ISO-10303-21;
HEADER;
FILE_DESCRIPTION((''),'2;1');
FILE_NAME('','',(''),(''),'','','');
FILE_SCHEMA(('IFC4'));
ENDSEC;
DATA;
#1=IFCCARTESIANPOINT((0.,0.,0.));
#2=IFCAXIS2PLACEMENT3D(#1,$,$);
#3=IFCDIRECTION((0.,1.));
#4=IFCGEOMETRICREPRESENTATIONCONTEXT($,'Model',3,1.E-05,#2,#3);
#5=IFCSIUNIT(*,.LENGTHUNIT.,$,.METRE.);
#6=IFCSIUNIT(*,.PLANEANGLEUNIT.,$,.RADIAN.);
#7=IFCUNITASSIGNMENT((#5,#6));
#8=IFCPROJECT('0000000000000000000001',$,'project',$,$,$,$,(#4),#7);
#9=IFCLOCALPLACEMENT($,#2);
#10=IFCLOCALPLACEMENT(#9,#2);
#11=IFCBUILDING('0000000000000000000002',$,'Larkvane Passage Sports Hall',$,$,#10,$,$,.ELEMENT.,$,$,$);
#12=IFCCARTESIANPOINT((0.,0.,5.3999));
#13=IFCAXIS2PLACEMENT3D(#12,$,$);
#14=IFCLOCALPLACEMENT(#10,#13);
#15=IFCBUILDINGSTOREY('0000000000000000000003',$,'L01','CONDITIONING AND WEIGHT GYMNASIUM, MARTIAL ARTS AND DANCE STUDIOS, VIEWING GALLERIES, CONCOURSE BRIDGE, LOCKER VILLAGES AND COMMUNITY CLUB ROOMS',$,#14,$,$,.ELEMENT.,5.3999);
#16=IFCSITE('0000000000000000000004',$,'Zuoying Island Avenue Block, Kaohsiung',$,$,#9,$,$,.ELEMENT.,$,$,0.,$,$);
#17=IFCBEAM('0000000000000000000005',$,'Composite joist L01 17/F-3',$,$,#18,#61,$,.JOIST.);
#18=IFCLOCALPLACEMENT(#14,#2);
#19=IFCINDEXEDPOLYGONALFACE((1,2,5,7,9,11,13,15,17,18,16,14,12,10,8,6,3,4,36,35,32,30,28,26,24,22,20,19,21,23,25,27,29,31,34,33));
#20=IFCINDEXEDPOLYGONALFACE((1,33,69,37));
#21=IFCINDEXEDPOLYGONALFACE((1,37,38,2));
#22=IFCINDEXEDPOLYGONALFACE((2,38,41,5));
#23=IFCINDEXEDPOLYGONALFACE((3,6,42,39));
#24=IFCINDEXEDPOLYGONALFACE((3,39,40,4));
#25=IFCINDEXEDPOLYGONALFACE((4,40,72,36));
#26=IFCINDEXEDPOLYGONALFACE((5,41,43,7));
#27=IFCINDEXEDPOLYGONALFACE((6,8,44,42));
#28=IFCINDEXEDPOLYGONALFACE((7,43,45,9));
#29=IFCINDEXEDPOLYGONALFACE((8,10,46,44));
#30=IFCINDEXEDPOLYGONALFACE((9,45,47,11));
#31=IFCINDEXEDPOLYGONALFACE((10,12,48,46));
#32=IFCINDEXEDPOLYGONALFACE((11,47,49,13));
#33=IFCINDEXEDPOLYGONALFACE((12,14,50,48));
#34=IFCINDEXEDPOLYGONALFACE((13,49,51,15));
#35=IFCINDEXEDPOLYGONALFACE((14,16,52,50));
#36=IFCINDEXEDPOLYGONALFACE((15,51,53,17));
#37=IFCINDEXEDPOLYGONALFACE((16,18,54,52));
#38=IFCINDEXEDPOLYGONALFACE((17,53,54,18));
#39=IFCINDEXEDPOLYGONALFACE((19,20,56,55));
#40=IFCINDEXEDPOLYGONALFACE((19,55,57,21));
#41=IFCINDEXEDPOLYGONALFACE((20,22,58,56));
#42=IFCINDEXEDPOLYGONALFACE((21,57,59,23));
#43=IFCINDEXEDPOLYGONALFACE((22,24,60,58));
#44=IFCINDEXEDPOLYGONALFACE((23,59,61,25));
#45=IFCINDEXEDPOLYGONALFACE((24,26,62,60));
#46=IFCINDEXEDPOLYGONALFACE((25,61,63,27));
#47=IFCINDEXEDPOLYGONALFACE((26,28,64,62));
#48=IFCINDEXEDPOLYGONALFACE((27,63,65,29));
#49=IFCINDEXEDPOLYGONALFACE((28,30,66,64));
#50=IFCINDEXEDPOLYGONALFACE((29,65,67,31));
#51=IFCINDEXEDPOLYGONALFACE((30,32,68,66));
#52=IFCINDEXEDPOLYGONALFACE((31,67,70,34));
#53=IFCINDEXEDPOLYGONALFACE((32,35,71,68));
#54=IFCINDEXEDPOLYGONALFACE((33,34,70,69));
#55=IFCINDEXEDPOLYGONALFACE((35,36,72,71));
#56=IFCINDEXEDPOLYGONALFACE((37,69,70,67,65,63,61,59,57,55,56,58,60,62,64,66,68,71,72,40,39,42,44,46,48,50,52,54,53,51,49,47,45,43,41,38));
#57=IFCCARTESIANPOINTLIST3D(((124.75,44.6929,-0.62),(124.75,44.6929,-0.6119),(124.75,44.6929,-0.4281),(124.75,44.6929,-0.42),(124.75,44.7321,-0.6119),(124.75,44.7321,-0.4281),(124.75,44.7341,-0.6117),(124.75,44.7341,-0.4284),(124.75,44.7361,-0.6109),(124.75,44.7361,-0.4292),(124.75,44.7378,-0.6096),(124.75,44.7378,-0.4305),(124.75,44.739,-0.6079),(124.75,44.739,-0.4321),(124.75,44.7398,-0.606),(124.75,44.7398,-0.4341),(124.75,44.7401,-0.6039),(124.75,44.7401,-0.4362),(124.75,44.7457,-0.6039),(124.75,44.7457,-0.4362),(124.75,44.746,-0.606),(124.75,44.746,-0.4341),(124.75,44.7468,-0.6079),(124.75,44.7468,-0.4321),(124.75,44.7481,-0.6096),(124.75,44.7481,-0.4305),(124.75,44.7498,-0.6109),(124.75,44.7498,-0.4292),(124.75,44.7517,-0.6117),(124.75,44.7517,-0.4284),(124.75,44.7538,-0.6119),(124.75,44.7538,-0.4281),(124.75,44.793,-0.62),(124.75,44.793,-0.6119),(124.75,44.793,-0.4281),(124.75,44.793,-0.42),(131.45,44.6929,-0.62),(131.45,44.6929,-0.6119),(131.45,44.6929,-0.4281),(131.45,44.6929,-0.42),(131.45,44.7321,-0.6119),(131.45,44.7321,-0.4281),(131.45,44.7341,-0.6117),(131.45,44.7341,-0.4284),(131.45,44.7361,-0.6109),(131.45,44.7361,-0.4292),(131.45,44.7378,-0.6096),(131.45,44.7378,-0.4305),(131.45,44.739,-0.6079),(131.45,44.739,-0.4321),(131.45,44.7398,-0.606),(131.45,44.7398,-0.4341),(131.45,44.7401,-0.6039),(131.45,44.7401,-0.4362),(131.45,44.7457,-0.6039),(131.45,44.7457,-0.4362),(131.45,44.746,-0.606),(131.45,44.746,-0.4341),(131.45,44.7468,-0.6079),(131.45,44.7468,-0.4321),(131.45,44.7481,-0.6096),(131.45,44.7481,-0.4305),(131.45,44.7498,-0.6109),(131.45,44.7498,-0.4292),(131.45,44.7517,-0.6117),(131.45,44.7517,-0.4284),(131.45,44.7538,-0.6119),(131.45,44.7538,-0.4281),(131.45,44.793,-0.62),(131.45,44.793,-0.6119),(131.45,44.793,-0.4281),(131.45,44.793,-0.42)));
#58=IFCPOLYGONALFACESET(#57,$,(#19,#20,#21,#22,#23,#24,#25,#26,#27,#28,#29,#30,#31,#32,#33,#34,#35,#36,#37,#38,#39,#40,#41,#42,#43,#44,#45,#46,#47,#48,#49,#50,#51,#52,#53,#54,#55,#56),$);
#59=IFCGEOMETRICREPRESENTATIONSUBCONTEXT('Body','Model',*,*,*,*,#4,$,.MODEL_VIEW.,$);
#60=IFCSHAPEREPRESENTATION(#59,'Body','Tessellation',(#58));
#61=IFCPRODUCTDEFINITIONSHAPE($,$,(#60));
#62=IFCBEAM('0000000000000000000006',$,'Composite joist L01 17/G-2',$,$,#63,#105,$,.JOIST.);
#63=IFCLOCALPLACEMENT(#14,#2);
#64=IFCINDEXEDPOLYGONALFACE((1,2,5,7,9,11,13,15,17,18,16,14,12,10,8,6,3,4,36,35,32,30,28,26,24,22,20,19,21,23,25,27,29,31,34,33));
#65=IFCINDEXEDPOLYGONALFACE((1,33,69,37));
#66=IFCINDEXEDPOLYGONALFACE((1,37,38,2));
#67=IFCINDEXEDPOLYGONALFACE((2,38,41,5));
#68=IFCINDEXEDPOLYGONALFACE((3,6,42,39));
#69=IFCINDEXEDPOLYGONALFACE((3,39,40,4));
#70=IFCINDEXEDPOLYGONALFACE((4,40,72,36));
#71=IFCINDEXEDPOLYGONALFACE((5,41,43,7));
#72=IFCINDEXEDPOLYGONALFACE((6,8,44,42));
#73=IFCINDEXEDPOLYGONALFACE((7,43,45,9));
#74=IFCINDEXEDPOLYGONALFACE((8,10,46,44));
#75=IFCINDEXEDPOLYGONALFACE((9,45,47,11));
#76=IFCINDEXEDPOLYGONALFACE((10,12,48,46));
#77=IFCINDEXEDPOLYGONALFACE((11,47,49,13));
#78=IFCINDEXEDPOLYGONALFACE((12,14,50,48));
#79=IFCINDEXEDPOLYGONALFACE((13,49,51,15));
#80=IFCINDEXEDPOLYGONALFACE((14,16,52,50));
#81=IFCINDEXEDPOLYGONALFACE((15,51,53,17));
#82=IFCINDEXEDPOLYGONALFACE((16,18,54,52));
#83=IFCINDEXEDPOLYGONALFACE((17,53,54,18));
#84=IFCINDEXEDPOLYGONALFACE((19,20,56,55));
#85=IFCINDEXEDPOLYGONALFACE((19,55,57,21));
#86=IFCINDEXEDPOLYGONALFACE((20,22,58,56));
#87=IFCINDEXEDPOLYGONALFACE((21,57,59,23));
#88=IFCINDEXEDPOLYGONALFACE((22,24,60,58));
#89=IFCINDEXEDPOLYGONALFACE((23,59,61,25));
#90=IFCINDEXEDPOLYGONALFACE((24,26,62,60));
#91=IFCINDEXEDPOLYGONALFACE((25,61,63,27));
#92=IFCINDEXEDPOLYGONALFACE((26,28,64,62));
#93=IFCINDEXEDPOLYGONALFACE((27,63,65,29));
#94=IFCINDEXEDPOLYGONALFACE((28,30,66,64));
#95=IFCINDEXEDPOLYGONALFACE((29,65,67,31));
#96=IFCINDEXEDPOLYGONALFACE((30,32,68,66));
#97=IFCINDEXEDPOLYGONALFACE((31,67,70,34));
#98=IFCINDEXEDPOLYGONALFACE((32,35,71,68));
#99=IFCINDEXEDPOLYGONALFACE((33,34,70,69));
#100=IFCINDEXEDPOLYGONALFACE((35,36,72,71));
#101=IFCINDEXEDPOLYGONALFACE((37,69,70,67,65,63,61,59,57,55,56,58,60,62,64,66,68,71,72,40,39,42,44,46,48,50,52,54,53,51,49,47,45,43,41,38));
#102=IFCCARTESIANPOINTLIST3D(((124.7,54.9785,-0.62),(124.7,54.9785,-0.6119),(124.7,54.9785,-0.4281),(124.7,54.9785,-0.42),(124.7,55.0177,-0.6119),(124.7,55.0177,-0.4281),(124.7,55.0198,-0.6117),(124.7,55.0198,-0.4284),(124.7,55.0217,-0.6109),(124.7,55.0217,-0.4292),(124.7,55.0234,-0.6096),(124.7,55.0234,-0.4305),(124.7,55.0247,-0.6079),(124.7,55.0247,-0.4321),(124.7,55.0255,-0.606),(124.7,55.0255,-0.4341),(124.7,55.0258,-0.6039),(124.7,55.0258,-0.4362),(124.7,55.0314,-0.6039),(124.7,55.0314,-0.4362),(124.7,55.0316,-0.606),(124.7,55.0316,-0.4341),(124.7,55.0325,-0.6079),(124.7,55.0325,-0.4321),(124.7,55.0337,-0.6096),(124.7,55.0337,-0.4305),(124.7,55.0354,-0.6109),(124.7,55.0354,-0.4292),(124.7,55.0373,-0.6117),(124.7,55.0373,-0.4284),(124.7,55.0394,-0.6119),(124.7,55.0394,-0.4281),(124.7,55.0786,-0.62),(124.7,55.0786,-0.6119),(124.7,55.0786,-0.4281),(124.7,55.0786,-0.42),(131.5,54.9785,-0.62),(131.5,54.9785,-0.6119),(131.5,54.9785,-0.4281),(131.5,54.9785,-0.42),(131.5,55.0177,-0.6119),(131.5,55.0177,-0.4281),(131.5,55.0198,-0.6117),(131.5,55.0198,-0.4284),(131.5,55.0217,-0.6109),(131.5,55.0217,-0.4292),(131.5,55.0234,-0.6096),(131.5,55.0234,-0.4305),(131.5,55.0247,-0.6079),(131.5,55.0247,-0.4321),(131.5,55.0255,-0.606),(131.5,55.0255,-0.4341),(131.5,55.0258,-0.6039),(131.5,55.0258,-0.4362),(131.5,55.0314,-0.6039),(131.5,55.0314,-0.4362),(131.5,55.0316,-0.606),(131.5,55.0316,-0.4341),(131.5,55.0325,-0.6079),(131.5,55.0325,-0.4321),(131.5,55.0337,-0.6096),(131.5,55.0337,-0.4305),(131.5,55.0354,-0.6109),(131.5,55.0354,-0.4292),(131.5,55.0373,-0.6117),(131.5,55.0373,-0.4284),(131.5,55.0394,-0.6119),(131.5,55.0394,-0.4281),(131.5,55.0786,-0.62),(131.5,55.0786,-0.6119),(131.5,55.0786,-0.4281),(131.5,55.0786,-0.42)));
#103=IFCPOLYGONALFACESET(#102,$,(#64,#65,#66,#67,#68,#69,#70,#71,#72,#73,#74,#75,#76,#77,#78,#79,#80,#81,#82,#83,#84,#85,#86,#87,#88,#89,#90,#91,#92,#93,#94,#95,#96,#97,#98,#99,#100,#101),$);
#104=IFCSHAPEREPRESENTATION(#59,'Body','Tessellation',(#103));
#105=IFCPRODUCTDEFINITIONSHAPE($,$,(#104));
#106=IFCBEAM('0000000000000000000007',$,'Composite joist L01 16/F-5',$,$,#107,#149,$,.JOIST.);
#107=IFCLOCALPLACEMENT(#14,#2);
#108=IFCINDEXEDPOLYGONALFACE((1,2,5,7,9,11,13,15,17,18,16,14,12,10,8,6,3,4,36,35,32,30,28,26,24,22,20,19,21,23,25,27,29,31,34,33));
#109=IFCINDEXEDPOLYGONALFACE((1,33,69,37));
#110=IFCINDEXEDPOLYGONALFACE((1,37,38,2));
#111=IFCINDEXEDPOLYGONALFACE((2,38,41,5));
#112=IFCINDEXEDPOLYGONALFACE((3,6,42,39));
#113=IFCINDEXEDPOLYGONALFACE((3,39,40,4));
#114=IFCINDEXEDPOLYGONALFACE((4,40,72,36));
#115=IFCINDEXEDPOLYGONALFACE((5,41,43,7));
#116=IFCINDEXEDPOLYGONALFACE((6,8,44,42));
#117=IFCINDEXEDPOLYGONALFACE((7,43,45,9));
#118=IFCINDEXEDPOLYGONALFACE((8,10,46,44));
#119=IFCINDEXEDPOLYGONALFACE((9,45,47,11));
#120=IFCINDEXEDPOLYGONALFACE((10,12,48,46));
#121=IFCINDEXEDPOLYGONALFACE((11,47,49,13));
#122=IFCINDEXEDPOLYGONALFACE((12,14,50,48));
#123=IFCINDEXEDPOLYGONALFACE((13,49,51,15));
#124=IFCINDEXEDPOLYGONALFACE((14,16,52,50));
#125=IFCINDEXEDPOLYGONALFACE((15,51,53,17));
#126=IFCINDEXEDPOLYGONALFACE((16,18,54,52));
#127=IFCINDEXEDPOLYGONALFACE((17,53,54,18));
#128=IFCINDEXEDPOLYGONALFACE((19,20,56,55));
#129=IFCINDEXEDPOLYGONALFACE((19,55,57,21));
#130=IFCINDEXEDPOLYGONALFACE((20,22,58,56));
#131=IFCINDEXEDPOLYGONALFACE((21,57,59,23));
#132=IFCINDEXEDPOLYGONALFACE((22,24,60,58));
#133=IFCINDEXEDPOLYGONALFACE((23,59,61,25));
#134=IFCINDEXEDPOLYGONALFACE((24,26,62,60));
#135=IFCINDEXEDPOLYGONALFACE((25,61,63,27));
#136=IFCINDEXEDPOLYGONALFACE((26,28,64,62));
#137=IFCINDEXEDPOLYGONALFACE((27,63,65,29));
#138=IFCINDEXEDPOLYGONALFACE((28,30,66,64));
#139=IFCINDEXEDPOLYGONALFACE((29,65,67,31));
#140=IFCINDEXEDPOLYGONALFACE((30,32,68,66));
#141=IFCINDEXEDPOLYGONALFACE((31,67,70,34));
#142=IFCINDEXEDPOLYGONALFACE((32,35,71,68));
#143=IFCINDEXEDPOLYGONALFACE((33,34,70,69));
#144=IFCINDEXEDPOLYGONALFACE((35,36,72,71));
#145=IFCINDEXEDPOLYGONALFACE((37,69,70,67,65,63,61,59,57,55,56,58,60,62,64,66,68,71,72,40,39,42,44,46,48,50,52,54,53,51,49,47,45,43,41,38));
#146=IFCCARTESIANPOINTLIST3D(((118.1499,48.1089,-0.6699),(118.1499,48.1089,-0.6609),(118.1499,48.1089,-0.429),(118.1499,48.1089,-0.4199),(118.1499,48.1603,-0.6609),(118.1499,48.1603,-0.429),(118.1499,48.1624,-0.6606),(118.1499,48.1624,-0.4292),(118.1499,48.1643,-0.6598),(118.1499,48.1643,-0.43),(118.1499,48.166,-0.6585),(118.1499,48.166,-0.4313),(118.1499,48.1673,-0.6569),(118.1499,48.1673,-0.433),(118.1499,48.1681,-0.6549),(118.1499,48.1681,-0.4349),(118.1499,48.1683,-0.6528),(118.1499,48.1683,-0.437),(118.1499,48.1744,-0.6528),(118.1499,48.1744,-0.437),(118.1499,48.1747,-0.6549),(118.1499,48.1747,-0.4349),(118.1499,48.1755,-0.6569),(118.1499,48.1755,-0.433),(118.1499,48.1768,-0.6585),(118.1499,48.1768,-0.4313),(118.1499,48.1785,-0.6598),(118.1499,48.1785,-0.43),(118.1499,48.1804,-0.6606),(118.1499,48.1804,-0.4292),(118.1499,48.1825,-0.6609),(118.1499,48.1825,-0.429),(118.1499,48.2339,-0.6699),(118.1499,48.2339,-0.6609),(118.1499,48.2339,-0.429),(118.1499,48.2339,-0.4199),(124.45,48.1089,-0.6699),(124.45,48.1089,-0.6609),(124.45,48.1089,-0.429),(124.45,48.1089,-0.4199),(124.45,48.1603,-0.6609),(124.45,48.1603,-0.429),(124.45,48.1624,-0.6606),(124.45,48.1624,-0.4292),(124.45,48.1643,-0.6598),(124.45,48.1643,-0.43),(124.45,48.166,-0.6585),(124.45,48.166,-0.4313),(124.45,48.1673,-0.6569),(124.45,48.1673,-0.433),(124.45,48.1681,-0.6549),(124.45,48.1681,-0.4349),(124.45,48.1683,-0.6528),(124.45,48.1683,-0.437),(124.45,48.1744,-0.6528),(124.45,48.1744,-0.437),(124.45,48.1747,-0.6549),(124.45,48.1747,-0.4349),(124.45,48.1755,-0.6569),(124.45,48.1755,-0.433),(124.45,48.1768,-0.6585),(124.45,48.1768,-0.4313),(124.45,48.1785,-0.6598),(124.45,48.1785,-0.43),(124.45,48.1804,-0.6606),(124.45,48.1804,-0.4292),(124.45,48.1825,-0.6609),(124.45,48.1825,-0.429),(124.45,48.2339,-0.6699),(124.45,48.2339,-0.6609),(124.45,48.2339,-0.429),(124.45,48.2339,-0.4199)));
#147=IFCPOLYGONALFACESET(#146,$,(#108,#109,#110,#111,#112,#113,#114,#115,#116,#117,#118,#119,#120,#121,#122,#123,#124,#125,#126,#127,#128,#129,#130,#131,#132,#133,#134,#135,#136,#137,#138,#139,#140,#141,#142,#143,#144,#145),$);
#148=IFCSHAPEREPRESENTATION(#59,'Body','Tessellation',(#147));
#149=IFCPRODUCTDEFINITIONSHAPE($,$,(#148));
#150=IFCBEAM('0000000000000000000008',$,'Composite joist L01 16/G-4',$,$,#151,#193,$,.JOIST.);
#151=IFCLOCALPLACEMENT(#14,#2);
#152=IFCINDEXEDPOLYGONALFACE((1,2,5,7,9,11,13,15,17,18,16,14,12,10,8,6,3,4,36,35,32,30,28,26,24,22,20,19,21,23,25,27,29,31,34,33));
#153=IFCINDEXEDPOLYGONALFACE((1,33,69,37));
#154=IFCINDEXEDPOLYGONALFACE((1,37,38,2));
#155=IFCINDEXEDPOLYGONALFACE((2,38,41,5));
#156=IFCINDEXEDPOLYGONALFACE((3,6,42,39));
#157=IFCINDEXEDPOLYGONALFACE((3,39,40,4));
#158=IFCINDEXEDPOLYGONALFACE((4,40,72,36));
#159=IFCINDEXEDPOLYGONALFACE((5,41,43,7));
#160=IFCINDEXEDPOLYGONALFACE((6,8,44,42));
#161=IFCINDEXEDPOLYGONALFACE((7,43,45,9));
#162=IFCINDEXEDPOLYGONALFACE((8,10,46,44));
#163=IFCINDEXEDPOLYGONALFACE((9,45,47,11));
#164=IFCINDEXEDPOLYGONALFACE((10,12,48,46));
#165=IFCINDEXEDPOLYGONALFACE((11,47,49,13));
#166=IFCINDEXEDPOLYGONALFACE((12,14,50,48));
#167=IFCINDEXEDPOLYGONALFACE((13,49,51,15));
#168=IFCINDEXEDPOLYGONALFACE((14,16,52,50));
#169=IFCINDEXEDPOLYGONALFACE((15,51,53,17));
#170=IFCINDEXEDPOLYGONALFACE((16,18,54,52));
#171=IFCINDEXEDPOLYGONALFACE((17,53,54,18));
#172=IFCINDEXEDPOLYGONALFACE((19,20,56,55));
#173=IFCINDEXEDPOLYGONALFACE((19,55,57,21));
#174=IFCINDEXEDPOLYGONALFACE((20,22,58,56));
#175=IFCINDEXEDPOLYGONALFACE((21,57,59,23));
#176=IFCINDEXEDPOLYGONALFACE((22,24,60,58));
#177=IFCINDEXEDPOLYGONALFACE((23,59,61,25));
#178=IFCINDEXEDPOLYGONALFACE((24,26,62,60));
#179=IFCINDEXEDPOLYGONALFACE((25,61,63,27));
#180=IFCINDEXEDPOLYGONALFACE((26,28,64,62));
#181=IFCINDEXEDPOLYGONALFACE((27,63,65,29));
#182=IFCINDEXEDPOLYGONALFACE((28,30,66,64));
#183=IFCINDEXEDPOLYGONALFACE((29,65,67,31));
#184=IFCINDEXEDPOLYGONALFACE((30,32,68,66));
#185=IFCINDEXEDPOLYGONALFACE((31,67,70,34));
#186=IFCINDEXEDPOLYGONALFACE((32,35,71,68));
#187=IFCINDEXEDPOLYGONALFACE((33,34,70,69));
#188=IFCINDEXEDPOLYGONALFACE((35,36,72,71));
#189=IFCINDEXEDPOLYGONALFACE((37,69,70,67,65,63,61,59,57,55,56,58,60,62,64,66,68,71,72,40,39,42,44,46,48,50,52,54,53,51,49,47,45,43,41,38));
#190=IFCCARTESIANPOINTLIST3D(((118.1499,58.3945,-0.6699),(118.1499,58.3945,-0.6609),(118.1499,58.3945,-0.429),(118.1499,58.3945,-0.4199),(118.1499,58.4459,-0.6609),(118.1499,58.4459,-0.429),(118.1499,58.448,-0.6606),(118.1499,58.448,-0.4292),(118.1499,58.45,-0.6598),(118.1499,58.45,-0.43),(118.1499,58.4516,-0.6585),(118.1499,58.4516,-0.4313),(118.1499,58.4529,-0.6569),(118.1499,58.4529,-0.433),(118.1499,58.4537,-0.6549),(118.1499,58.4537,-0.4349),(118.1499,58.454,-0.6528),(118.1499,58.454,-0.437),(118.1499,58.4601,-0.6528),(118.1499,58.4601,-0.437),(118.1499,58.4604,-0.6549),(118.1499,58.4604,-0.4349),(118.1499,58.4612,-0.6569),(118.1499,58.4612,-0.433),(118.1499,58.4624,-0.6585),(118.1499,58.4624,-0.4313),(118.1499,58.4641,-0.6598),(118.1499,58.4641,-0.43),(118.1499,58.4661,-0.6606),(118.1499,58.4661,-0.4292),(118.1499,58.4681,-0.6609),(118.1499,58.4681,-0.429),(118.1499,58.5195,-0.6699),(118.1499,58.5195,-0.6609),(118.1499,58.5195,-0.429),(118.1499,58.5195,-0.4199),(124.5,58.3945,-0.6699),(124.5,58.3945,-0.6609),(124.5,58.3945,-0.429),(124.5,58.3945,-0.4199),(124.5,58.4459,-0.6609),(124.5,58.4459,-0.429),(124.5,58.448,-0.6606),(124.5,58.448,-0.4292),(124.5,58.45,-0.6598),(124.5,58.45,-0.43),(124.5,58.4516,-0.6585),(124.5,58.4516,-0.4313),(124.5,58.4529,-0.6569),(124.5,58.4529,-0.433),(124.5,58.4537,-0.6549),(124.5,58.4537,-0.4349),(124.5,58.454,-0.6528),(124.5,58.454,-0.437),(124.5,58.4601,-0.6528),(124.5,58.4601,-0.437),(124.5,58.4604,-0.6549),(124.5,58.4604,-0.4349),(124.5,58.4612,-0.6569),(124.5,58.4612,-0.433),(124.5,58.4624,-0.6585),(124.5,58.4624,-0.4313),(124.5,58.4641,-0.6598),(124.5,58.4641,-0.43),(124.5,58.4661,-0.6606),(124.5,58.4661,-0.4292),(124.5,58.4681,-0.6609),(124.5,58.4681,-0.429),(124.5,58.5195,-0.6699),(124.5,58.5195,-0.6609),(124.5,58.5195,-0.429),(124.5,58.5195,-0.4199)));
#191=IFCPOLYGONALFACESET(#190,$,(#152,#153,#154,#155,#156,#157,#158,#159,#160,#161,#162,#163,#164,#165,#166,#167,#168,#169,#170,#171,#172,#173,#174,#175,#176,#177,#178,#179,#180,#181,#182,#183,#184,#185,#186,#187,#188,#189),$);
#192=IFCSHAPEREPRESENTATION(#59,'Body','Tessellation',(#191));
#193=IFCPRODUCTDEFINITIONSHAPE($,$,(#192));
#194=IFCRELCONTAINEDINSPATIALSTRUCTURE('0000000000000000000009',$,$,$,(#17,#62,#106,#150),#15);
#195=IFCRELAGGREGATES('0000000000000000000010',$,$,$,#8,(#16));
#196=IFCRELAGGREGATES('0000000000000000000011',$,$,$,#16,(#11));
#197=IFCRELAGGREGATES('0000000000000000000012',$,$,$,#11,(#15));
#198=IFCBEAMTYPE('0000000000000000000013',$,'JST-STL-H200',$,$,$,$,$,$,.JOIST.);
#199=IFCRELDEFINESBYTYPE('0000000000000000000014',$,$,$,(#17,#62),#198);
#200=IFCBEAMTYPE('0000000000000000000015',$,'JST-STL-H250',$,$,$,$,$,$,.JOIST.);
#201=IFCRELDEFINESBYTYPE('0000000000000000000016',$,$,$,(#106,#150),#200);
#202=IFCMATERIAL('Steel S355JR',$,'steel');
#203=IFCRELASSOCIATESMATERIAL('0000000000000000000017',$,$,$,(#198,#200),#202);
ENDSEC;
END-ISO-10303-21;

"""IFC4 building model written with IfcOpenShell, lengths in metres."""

from ifc_helpers import new_model, si_unit, direction, frame, origin, origin_2d, place, context, subcontext, project, spatial, i_section, extrude, material, material_profile, profile_set, type_object, element, save


model = new_model("IFC4")

# Units and contexts
model_context = context("Model", 3, precision=1e-05, world=origin(), true_north=direction((0.0, 1.0)))
body_context = subcontext(model_context, "Body", "Model", "MODEL_VIEW")
ifc_project = project(units=[si_unit("LENGTHUNIT", "METRE"), si_unit("PLANEANGLEUNIT", "RADIAN")], contexts=[model_context])

# Site, building, storey
site_placement = place(None, origin())
site = spatial("IfcSite", under=ifc_project, at=site_placement, Name="Zuoying Island Avenue Block, Kaohsiung", CompositionType="ELEMENT", RefElevation=0.0)
building_placement = place(site_placement, origin())
building = spatial("IfcBuilding", under=site, at=building_placement, Name="Larkvane Passage Sports Hall", CompositionType="ELEMENT")
storey_placement = place(building_placement, frame((0.0, 0.0, 5.3999)))
storey = spatial("IfcBuildingStorey", under=building, at=storey_placement, Name="L01", Description="CONDITIONING AND WEIGHT GYMNASIUM, MARTIAL ARTS AND DANCE STUDIOS, VIEWING GALLERIES, CONCOURSE BRIDGE, LOCKER VILLAGES AND COMMUNITY CLUB ROOMS", CompositionType="ELEMENT", Elevation=5.3999)

# Beams
ifc_material_1 = material(Name="Steel S355JR", Category="steel")
ifc_material_profile_1 = material_profile(ifc_material_1, i_section(OverallWidth=0.1001, OverallDepth=0.2, WebThickness=0.0056, FlangeThickness=0.0081, FilletRadius=0.0081, at=origin_2d()), Name="H-200x100x5.5x8")
ifc_profile_set_1 = profile_set([ifc_material_profile_1], Name="Steel S355JR")
beam_type_1 = type_object("IfcBeamType", Name="JST-STL-H200", PredefinedType="JOIST", material=ifc_profile_set_1)
beam_1_placement = place(storey_placement, frame((124.75, 44.7429, -0.52), z_axis=(1.0, 0.0, 0.0), x_axis=(0.0, 1.0, 0.0)))
element("IfcBeam", 1, at=beam_1_placement, inside=storey, type_object=beam_type_1, Name="Composite joist L01 17/F-3", PredefinedType="JOIST", context=body_context, shape_type="SweptSolid", body=[
    extrude(i_section(OverallWidth=0.1001, OverallDepth=0.2, WebThickness=0.0056, FlangeThickness=0.0081, FilletRadius=0.0081, at=origin_2d()), origin(), (0.0, 0.0, 1.0), 6.7),
])
beam_2_placement = place(storey_placement, frame((124.7, 55.0286, -0.52), z_axis=(1.0, 0.0, 0.0), x_axis=(0.0, 1.0, 0.0)))
element("IfcBeam", 2, at=beam_2_placement, inside=storey, type_object=beam_type_1, Name="Composite joist L01 17/G-2", PredefinedType="JOIST", context=body_context, shape_type="SweptSolid", body=[
    extrude(i_section(OverallWidth=0.1001, OverallDepth=0.2, WebThickness=0.0056, FlangeThickness=0.0081, FilletRadius=0.0081, at=origin_2d()), origin(), (0.0, 0.0, 1.0), 6.8),
])
ifc_material_profile_2 = material_profile(ifc_material_1, i_section(OverallWidth=0.125, OverallDepth=0.25, WebThickness=0.0061, FlangeThickness=0.009, FilletRadius=0.0081, at=origin_2d()), Name="H-250x125x6x9")
ifc_profile_set_2 = profile_set([ifc_material_profile_2], Name="Steel S355JR")
beam_type_2 = type_object("IfcBeamType", Name="JST-STL-H250", PredefinedType="JOIST", material=ifc_profile_set_2)
beam_3_placement = place(storey_placement, frame((118.1499, 48.1714, -0.5449), z_axis=(1.0, 0.0, 0.0), x_axis=(0.0, 1.0, 0.0)))
element("IfcBeam", 3, at=beam_3_placement, inside=storey, type_object=beam_type_2, Name="Composite joist L01 16/F-5", PredefinedType="JOIST", context=body_context, shape_type="SweptSolid", body=[
    extrude(i_section(OverallWidth=0.125, OverallDepth=0.25, WebThickness=0.0061, FlangeThickness=0.009, FilletRadius=0.0081, at=origin_2d()), origin(), (0.0, 0.0, 1.0), 6.3),
])
beam_4_placement = place(storey_placement, frame((118.1499, 58.457, -0.5449), z_axis=(1.0, 0.0, 0.0), x_axis=(0.0, 1.0, 0.0)))
element("IfcBeam", 4, at=beam_4_placement, inside=storey, type_object=beam_type_2, Name="Composite joist L01 16/G-4", PredefinedType="JOIST", context=body_context, shape_type="SweptSolid", body=[
    extrude(i_section(OverallWidth=0.125, OverallDepth=0.25, WebThickness=0.0061, FlangeThickness=0.009, FilletRadius=0.0081, at=origin_2d()), origin(), (0.0, 0.0, 1.0), 6.3501),
])

save(model, "model.ifc")
